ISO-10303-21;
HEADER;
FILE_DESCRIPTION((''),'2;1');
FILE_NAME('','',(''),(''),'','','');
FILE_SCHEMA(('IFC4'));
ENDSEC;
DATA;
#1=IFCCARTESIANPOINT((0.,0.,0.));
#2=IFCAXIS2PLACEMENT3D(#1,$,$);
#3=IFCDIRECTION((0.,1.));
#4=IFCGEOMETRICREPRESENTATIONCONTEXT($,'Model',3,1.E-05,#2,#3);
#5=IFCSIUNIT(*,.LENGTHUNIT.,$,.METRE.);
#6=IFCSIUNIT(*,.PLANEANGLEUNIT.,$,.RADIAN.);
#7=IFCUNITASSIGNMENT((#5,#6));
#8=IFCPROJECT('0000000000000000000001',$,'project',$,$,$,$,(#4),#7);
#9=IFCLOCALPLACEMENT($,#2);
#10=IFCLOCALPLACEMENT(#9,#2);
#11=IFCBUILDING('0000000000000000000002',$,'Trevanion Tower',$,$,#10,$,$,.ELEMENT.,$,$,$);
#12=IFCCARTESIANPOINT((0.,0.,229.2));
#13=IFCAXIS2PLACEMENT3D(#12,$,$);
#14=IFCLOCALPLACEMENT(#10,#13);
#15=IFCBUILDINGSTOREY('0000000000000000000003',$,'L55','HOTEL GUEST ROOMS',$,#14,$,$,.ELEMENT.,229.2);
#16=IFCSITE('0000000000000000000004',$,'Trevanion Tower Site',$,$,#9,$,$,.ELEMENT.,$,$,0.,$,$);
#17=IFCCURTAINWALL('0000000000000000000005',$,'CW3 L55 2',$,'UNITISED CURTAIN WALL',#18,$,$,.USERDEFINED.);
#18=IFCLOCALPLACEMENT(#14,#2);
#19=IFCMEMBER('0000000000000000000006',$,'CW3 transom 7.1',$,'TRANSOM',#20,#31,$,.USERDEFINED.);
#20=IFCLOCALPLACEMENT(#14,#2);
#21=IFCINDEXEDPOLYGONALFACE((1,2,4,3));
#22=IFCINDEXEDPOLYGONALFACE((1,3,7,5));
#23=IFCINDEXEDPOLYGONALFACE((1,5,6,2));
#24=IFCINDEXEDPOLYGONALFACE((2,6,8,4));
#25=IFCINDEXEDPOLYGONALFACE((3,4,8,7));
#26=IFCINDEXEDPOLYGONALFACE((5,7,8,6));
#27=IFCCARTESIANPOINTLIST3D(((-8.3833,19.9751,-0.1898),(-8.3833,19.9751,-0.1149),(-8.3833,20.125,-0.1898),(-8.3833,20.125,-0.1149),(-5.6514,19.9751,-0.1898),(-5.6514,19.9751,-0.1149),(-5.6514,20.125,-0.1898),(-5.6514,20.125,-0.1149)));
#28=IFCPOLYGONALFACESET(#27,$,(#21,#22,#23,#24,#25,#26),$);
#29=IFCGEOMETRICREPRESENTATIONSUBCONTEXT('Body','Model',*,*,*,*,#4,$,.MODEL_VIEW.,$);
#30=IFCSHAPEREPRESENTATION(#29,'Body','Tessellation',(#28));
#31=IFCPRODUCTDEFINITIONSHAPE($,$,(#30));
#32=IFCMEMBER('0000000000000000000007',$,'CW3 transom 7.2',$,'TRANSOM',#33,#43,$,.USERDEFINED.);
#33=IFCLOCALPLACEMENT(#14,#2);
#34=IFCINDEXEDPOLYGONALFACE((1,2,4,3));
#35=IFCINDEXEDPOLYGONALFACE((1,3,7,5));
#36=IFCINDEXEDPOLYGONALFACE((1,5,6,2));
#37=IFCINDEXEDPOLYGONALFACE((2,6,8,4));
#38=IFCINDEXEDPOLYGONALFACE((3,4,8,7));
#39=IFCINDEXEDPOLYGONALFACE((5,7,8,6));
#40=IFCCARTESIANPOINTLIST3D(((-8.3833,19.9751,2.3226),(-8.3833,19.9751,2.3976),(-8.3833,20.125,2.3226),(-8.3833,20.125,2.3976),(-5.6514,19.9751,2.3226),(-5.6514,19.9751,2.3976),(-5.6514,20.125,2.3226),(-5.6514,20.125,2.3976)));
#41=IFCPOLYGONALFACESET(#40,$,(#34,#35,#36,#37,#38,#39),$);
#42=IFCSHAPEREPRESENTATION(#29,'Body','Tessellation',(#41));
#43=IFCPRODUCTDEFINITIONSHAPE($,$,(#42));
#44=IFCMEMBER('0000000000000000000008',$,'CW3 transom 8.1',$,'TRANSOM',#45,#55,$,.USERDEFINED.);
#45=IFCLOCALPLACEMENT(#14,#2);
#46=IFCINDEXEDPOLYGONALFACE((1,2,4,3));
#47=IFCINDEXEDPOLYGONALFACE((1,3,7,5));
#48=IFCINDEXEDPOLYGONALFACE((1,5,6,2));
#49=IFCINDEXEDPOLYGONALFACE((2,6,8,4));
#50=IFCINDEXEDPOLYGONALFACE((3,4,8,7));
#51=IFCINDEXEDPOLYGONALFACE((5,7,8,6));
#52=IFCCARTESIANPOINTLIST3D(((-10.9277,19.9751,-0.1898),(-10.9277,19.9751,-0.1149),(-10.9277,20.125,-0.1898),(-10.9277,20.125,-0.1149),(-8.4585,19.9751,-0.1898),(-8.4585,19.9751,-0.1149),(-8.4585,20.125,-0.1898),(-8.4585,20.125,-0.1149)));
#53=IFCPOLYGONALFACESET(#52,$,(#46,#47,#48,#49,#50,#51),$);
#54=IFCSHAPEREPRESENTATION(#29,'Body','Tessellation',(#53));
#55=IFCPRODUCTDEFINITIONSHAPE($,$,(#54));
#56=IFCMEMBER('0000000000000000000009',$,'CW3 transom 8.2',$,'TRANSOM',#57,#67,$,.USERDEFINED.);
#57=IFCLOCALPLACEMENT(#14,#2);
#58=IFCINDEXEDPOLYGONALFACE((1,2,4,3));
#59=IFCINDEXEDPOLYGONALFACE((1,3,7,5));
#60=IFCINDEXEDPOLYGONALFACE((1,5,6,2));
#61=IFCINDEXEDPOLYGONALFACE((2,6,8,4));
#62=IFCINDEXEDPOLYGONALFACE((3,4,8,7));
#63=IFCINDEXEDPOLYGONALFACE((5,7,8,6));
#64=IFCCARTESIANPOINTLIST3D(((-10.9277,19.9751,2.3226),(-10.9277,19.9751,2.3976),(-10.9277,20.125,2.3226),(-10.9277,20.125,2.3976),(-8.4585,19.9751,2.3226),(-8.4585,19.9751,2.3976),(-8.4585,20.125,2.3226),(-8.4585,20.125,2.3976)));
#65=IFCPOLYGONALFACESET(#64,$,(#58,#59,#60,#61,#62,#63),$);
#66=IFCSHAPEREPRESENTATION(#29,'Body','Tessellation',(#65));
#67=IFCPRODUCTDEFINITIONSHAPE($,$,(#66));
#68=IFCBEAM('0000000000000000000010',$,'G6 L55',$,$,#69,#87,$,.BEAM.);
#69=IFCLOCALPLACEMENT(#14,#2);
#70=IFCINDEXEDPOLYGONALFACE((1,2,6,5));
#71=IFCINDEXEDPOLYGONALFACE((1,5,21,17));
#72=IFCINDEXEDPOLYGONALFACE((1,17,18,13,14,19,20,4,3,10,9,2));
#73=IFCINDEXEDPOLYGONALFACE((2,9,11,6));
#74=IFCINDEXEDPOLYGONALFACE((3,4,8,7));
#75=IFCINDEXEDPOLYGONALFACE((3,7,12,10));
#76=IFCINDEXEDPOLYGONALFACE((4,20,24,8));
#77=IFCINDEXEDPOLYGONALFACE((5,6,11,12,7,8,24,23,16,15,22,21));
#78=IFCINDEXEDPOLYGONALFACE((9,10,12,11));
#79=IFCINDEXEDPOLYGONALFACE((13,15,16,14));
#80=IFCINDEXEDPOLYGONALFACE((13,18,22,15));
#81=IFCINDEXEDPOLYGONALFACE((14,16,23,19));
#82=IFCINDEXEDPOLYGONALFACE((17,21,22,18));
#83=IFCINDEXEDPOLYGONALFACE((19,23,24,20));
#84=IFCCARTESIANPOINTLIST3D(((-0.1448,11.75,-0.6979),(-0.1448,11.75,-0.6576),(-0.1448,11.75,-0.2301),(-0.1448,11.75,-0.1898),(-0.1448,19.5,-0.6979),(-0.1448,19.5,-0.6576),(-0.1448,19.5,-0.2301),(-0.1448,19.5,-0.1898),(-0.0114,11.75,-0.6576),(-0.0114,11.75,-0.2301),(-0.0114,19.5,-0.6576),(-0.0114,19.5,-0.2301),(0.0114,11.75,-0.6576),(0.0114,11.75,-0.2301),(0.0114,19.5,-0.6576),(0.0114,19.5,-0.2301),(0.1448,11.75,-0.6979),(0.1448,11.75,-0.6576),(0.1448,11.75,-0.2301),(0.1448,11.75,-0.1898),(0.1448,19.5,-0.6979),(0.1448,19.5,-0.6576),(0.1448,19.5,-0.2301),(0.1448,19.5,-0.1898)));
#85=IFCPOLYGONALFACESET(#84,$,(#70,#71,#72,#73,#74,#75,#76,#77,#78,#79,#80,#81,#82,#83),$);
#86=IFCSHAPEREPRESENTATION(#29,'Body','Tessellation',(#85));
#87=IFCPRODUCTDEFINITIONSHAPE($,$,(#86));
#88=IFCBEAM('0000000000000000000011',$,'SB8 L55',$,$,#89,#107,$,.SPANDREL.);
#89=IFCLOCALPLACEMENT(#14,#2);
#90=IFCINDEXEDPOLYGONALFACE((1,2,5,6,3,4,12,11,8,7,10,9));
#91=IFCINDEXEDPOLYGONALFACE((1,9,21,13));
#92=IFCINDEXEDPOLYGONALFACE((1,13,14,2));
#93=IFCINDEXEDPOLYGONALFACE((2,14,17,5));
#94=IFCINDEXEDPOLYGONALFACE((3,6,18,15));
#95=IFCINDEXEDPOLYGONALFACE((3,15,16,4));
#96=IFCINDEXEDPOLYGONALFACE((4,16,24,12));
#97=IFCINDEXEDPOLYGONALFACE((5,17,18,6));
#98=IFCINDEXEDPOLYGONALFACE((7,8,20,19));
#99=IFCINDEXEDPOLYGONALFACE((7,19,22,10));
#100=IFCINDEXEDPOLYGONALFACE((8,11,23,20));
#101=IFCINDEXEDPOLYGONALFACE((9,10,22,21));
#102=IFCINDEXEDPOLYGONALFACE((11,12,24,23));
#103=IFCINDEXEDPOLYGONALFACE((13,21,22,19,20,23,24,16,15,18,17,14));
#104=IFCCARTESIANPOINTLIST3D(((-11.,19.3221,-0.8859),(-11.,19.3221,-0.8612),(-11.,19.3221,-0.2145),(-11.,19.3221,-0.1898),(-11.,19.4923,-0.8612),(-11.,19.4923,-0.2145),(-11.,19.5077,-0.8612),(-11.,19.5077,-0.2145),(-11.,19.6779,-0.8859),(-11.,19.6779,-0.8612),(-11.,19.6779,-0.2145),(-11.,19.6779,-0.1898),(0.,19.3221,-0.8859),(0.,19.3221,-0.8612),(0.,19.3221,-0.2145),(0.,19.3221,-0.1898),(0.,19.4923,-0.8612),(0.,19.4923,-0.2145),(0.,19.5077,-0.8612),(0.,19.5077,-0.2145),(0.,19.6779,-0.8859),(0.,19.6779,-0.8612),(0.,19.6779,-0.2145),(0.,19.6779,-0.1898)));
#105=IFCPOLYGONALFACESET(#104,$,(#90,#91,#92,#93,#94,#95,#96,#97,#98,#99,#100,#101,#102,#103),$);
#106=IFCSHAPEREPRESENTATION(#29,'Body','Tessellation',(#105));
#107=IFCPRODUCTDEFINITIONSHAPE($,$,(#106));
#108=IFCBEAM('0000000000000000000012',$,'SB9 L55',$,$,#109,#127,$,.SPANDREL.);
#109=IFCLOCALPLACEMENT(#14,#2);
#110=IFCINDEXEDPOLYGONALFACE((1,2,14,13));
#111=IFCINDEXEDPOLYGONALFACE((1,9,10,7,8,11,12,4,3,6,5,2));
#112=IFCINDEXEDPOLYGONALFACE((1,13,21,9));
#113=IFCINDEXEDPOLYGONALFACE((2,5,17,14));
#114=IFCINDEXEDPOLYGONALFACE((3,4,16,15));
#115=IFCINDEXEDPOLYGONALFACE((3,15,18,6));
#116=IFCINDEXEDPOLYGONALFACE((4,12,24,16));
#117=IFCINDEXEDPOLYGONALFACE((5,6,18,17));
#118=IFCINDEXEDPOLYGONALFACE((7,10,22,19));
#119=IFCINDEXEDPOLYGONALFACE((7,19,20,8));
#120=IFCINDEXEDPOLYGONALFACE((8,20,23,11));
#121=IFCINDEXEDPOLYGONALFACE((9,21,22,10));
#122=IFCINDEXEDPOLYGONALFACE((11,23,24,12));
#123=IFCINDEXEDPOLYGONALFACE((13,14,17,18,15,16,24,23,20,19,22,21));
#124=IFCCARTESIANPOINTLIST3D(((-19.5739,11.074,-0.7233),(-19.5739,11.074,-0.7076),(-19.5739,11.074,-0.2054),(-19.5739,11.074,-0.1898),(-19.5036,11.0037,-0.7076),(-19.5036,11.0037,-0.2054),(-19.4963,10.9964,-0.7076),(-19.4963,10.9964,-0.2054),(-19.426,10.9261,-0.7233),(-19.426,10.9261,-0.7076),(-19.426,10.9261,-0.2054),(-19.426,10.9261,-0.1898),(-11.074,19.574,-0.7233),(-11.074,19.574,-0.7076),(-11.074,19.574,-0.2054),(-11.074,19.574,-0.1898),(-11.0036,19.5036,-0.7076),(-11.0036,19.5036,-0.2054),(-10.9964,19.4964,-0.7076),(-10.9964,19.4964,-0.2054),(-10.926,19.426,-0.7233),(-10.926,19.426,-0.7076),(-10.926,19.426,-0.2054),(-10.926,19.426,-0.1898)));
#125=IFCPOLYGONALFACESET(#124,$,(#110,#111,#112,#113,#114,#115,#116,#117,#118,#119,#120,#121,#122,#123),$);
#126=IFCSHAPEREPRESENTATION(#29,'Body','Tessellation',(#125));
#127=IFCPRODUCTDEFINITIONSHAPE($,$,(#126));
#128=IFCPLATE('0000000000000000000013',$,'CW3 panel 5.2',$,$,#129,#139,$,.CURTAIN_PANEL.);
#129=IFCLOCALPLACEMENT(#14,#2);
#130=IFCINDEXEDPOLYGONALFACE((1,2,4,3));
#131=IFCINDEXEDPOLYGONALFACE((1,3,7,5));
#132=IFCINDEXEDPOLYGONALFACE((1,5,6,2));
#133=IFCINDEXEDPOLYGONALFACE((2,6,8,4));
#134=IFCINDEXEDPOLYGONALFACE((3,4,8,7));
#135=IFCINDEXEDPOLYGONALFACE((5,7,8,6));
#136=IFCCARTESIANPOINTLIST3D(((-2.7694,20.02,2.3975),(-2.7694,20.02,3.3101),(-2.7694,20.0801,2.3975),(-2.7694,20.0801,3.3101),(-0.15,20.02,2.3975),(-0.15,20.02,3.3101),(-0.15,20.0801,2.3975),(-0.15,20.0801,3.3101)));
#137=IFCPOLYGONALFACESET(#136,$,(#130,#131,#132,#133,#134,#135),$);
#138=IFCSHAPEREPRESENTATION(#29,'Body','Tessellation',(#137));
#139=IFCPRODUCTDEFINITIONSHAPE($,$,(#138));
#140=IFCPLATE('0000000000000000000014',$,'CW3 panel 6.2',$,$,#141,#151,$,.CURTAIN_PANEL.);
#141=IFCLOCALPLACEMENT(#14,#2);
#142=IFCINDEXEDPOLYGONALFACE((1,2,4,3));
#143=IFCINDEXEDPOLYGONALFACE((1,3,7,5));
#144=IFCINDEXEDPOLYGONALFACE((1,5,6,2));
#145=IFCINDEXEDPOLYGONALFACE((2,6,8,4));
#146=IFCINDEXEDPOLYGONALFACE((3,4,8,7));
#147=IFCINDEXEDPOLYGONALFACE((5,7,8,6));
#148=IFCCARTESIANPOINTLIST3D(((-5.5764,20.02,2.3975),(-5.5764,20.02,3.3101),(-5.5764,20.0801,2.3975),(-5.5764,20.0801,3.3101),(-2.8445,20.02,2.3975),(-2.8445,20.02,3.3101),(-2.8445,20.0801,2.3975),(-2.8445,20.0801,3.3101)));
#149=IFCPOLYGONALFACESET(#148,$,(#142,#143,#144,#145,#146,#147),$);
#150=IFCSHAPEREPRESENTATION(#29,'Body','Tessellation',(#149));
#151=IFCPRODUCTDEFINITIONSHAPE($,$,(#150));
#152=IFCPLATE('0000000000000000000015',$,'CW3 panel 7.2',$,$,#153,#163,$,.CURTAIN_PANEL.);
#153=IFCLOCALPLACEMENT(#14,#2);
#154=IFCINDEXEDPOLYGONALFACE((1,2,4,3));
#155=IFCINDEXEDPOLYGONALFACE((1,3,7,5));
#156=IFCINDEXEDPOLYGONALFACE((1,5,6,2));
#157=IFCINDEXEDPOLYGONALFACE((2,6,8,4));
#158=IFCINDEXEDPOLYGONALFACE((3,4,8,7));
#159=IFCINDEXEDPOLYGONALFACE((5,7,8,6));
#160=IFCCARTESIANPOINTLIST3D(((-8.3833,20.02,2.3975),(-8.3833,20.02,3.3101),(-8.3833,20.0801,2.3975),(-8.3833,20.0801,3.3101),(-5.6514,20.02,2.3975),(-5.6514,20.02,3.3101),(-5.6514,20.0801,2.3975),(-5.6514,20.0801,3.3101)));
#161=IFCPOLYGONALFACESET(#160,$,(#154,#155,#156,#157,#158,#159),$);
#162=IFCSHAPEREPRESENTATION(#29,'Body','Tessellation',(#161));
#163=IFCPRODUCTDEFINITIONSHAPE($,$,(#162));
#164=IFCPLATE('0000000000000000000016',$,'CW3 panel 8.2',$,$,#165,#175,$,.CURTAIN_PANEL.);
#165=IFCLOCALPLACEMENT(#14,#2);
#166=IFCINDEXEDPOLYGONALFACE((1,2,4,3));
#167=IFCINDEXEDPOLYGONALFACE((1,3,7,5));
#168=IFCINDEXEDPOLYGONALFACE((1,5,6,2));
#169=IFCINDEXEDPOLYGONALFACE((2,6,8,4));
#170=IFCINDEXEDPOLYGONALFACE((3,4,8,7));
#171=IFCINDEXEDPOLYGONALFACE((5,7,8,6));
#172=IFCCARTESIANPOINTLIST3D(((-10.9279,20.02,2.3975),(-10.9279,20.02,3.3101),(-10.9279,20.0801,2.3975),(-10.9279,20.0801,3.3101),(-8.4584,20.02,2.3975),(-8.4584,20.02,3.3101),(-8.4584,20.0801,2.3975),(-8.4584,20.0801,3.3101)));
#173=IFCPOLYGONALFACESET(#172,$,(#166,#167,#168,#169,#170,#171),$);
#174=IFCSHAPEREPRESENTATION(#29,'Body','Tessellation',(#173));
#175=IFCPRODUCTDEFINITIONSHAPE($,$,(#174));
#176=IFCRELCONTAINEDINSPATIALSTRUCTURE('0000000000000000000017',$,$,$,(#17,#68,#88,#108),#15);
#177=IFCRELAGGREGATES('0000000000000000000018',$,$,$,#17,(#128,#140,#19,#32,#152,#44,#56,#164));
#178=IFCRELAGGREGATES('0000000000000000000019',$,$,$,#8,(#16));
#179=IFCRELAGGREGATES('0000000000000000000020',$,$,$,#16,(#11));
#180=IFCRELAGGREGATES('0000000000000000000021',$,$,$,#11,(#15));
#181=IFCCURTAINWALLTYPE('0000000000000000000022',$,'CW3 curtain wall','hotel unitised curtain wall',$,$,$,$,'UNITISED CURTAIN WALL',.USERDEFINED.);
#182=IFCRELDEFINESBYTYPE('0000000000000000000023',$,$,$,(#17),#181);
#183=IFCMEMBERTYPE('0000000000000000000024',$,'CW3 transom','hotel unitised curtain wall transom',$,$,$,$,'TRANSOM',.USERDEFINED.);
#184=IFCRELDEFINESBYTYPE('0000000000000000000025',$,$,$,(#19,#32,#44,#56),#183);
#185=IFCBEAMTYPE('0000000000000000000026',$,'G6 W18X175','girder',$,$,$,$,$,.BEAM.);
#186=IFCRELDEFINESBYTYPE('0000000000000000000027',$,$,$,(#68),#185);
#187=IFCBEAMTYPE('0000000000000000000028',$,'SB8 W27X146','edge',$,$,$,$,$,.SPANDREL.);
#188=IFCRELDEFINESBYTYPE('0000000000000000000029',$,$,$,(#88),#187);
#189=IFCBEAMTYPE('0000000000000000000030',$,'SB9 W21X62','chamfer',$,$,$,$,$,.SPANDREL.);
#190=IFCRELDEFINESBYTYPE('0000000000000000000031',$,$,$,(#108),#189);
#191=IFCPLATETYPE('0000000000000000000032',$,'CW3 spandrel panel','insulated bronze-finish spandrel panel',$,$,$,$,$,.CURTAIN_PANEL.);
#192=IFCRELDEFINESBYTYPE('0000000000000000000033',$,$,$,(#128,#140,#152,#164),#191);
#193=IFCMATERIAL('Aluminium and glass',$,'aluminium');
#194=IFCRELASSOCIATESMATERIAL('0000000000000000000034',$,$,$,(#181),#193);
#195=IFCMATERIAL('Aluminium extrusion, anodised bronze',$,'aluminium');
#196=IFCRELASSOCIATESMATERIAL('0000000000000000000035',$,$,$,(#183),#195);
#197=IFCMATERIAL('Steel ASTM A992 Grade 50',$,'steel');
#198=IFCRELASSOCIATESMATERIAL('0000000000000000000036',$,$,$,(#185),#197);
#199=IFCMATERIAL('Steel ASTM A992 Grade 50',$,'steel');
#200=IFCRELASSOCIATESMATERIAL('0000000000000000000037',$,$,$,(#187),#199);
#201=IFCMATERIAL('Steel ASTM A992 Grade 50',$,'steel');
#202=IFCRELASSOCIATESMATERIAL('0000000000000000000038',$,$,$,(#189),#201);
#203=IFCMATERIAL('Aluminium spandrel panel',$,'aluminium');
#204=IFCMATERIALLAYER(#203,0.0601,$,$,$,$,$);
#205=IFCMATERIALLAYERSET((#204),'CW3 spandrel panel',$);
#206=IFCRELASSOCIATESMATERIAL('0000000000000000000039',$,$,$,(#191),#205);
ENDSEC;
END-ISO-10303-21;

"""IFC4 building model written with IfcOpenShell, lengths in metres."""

from ifc_helpers import new_model, si_unit, direction, frame, origin, origin_2d, place, context, subcontext, project, spatial, rectangle, i_section, extrude, material, layer, layer_set, material_profile, profile_set, type_object, element, aggregate, save


model = new_model("IFC4")

# Units and contexts
model_context = context("Model", 3, precision=1e-05, world=origin(), true_north=direction((0.0, 1.0)))
body_context = subcontext(model_context, "Body", "Model", "MODEL_VIEW")
ifc_project = project(units=[si_unit("LENGTHUNIT", "METRE"), si_unit("PLANEANGLEUNIT", "RADIAN")], contexts=[model_context])

# Site, building, storey
site_placement = place(None, origin())
site = spatial("IfcSite", under=ifc_project, at=site_placement, Name="Trevanion Tower Site", CompositionType="ELEMENT", RefElevation=0.0)
building_placement = place(site_placement, origin())
building = spatial("IfcBuilding", under=site, at=building_placement, Name="Trevanion Tower", CompositionType="ELEMENT")
storey_placement = place(building_placement, frame((0.0, 0.0, 229.2)))
storey = spatial("IfcBuildingStorey", under=building, at=storey_placement, Name="L55", Description="HOTEL GUEST ROOMS", CompositionType="ELEMENT", Elevation=229.2)

# Curtain wall, members
ifc_material_1 = material(Name="Aluminium and glass", Category="aluminium")
curtain_wall_type = type_object("IfcCurtainWallType", Name="CW3 curtain wall", Description="hotel unitised curtain wall", ElementType="UNITISED CURTAIN WALL", PredefinedType="USERDEFINED", material=ifc_material_1)
curtain_wall_placement = place(storey_placement, origin())
curtain_wall = element("IfcCurtainWall", 1, at=curtain_wall_placement, inside=storey, type_object=curtain_wall_type, Name="CW3 L55 2", ObjectType="UNITISED CURTAIN WALL", PredefinedType="USERDEFINED")
ifc_material_2 = material(Name="Aluminium extrusion, anodised bronze", Category="aluminium")
ifc_material_profile_1 = material_profile(ifc_material_2, rectangle(XDim=0.1499, YDim=0.075, at=origin_2d()), Name="CW3 transom")
ifc_profile_set_1 = profile_set([ifc_material_profile_1], Name="Aluminium extrusion, anodised bronze")
member_type_1 = type_object("IfcMemberType", Name="CW3 transom", Description="hotel unitised curtain wall transom", ElementType="TRANSOM", PredefinedType="USERDEFINED", material=ifc_profile_set_1)
member_1_placement = place(storey_placement, frame((-5.6514, 20.05, -0.1523), z_axis=(-1.0, 0.0, 0.0), x_axis=(0.0, -1.0, 0.0)))
member_1 = element("IfcMember", 2, at=member_1_placement, type_object=member_type_1, Name="CW3 transom 7.1", ObjectType="TRANSOM", PredefinedType="USERDEFINED", context=body_context, shape_type="SweptSolid", body=[
    extrude(rectangle(XDim=0.1499, YDim=0.075, at=origin_2d()), origin(), (0.0, 0.0, 1.0), 2.7319),
])
member_2_placement = place(storey_placement, frame((-5.6514, 20.05, 2.3601), z_axis=(-1.0, 0.0, 0.0), x_axis=(0.0, -1.0, 0.0)))
member_2 = element("IfcMember", 3, at=member_2_placement, type_object=member_type_1, Name="CW3 transom 7.2", ObjectType="TRANSOM", PredefinedType="USERDEFINED", context=body_context, shape_type="SweptSolid", body=[
    extrude(rectangle(XDim=0.1499, YDim=0.075, at=origin_2d()), origin(), (0.0, 0.0, 1.0), 2.7319),
])
member_3_placement = place(storey_placement, frame((-8.4585, 20.05, -0.1523), z_axis=(-1.0, 0.0, 0.0), x_axis=(0.0, -1.0, 0.0)))
member_3 = element("IfcMember", 4, at=member_3_placement, type_object=member_type_1, Name="CW3 transom 8.1", ObjectType="TRANSOM", PredefinedType="USERDEFINED", context=body_context, shape_type="SweptSolid", body=[
    extrude(rectangle(XDim=0.1499, YDim=0.075, at=origin_2d()), origin(), (0.0, 0.0, 1.0), 2.4692),
])
member_4_placement = place(storey_placement, frame((-8.4585, 20.05, 2.3601), z_axis=(-1.0, 0.0, 0.0), x_axis=(0.0, -1.0, 0.0)))
member_4 = element("IfcMember", 5, at=member_4_placement, type_object=member_type_1, Name="CW3 transom 8.2", ObjectType="TRANSOM", PredefinedType="USERDEFINED", context=body_context, shape_type="SweptSolid", body=[
    extrude(rectangle(XDim=0.1499, YDim=0.075, at=origin_2d()), origin(), (0.0, 0.0, 1.0), 2.4692),
])

# Beams
ifc_material_3 = material(Name="Steel ASTM A992 Grade 50", Category="steel")
ifc_material_profile_2 = material_profile(ifc_material_3, i_section(OverallWidth=0.2896, OverallDepth=0.5081, WebThickness=0.0227, FlangeThickness=0.0403, at=origin_2d()), Name="W18X175")
ifc_profile_set_2 = profile_set([ifc_material_profile_2], Name="Steel ASTM A992 Grade 50")
beam_type_1 = type_object("IfcBeamType", Name="G6 W18X175", Description="girder", PredefinedType="BEAM", material=ifc_profile_set_2)
beam_1_placement = place(storey_placement, frame((0.0, 11.75, -0.4438), z_axis=(0.0, 1.0, 0.0), x_axis=(-1.0, 0.0, 0.0)))
element("IfcBeam", 6, at=beam_1_placement, inside=storey, type_object=beam_type_1, Name="G6 L55", PredefinedType="BEAM", context=body_context, shape_type="SweptSolid", body=[
    extrude(i_section(OverallWidth=0.2896, OverallDepth=0.5081, WebThickness=0.0227, FlangeThickness=0.0403, at=origin_2d()), origin(), (0.0, 0.0, 1.0), 7.75),
])
ifc_material_4 = material(Name="Steel ASTM A992 Grade 50", Category="steel")
ifc_material_profile_3 = material_profile(ifc_material_4, i_section(OverallWidth=0.3557, OverallDepth=0.696, WebThickness=0.0154, FlangeThickness=0.0247, at=origin_2d()), Name="W27X146")
ifc_profile_set_3 = profile_set([ifc_material_profile_3], Name="Steel ASTM A992 Grade 50")
beam_type_2 = type_object("IfcBeamType", Name="SB8 W27X146", Description="edge", PredefinedType="SPANDREL", material=ifc_profile_set_3)
beam_2_placement = place(storey_placement, frame((0.0, 19.5, -0.5378), z_axis=(-1.0, 0.0, 0.0), x_axis=(0.0, -1.0, 0.0)))
element("IfcBeam", 7, at=beam_2_placement, inside=storey, type_object=beam_type_2, Name="SB8 L55", PredefinedType="SPANDREL", context=body_context, shape_type="SweptSolid", body=[
    extrude(i_section(OverallWidth=0.3557, OverallDepth=0.696, WebThickness=0.0154, FlangeThickness=0.0247, at=origin_2d()), origin(), (0.0, 0.0, 1.0), 11.0),
])
ifc_material_5 = material(Name="Steel ASTM A992 Grade 50", Category="steel")
ifc_material_profile_4 = material_profile(ifc_material_5, i_section(OverallWidth=0.2092, OverallDepth=0.5334, WebThickness=0.0103, FlangeThickness=0.0156, at=origin_2d()), Name="W21X62")
ifc_profile_set_4 = profile_set([ifc_material_profile_4], Name="Steel ASTM A992 Grade 50")
beam_type_3 = type_object("IfcBeamType", Name="SB9 W21X62", Description="chamfer", PredefinedType="SPANDREL", material=ifc_profile_set_4)
beam_3_placement = place(storey_placement, frame((-11.0, 19.5, -0.4565), z_axis=(-0.707107, -0.707107, 0.0), x_axis=(0.707107, -0.707107, 0.0)))
element("IfcBeam", 8, at=beam_3_placement, inside=storey, type_object=beam_type_3, Name="SB9 L55", PredefinedType="SPANDREL", context=body_context, shape_type="SweptSolid", body=[
    extrude(i_section(OverallWidth=0.2092, OverallDepth=0.5334, WebThickness=0.0103, FlangeThickness=0.0156, at=origin_2d()), origin(), (0.0, 0.0, 1.0), 12.0208),
])

# Plates
ifc_material_6 = material(Name="Aluminium spandrel panel", Category="aluminium")
ifc_layer_1 = layer(ifc_material_6, 0.0601)
ifc_layer_set_1 = layer_set([ifc_layer_1], Name="CW3 spandrel panel")
plate_type_1 = type_object("IfcPlateType", Name="CW3 spandrel panel", Description="insulated bronze-finish spandrel panel", PredefinedType="CURTAIN_PANEL", material=ifc_layer_set_1)
plate_1_placement = place(storey_placement, frame((-1.4597, 20.05, 2.3975), z_axis=(0.0, 0.0, 1.0), x_axis=(-1.0, 0.0, 0.0)))
plate_1 = element("IfcPlate", 9, at=plate_1_placement, type_object=plate_type_1, Name="CW3 panel 5.2", PredefinedType="CURTAIN_PANEL", context=body_context, shape_type="SweptSolid", body=[
    extrude(rectangle(XDim=2.6194, YDim=0.0601, at=origin_2d()), origin(), (0.0, 0.0, 1.0), 0.9126),
])
plate_2_placement = place(storey_placement, frame((-4.2104, 20.05, 2.3975), z_axis=(0.0, 0.0, 1.0), x_axis=(-1.0, 0.0, 0.0)))
plate_2 = element("IfcPlate", 10, at=plate_2_placement, type_object=plate_type_1, Name="CW3 panel 6.2", PredefinedType="CURTAIN_PANEL", context=body_context, shape_type="SweptSolid", body=[
    extrude(rectangle(XDim=2.7319, YDim=0.0601, at=origin_2d()), origin(), (0.0, 0.0, 1.0), 0.9126),
])
plate_3_placement = place(storey_placement, frame((-7.0173, 20.05, 2.3975), z_axis=(0.0, 0.0, 1.0), x_axis=(-1.0, 0.0, 0.0)))
plate_3 = element("IfcPlate", 11, at=plate_3_placement, type_object=plate_type_1, Name="CW3 panel 7.2", PredefinedType="CURTAIN_PANEL", context=body_context, shape_type="SweptSolid", body=[
    extrude(rectangle(XDim=2.7319, YDim=0.0601, at=origin_2d()), origin(), (0.0, 0.0, 1.0), 0.9126),
])
plate_4_placement = place(storey_placement, frame((-9.6931, 20.05, 2.3975), z_axis=(0.0, 0.0, 1.0), x_axis=(-1.0, 0.0, 0.0)))
plate_4 = element("IfcPlate", 12, at=plate_4_placement, type_object=plate_type_1, Name="CW3 panel 8.2", PredefinedType="CURTAIN_PANEL", context=body_context, shape_type="SweptSolid", body=[
    extrude(rectangle(XDim=2.4695, YDim=0.0601, at=origin_2d()), origin(), (0.0, 0.0, 1.0), 0.9126),
])
aggregate(curtain_wall, [plate_1, plate_2, member_1, member_2, plate_3, member_3, member_4, plate_4])

save(model, "model.ifc")
